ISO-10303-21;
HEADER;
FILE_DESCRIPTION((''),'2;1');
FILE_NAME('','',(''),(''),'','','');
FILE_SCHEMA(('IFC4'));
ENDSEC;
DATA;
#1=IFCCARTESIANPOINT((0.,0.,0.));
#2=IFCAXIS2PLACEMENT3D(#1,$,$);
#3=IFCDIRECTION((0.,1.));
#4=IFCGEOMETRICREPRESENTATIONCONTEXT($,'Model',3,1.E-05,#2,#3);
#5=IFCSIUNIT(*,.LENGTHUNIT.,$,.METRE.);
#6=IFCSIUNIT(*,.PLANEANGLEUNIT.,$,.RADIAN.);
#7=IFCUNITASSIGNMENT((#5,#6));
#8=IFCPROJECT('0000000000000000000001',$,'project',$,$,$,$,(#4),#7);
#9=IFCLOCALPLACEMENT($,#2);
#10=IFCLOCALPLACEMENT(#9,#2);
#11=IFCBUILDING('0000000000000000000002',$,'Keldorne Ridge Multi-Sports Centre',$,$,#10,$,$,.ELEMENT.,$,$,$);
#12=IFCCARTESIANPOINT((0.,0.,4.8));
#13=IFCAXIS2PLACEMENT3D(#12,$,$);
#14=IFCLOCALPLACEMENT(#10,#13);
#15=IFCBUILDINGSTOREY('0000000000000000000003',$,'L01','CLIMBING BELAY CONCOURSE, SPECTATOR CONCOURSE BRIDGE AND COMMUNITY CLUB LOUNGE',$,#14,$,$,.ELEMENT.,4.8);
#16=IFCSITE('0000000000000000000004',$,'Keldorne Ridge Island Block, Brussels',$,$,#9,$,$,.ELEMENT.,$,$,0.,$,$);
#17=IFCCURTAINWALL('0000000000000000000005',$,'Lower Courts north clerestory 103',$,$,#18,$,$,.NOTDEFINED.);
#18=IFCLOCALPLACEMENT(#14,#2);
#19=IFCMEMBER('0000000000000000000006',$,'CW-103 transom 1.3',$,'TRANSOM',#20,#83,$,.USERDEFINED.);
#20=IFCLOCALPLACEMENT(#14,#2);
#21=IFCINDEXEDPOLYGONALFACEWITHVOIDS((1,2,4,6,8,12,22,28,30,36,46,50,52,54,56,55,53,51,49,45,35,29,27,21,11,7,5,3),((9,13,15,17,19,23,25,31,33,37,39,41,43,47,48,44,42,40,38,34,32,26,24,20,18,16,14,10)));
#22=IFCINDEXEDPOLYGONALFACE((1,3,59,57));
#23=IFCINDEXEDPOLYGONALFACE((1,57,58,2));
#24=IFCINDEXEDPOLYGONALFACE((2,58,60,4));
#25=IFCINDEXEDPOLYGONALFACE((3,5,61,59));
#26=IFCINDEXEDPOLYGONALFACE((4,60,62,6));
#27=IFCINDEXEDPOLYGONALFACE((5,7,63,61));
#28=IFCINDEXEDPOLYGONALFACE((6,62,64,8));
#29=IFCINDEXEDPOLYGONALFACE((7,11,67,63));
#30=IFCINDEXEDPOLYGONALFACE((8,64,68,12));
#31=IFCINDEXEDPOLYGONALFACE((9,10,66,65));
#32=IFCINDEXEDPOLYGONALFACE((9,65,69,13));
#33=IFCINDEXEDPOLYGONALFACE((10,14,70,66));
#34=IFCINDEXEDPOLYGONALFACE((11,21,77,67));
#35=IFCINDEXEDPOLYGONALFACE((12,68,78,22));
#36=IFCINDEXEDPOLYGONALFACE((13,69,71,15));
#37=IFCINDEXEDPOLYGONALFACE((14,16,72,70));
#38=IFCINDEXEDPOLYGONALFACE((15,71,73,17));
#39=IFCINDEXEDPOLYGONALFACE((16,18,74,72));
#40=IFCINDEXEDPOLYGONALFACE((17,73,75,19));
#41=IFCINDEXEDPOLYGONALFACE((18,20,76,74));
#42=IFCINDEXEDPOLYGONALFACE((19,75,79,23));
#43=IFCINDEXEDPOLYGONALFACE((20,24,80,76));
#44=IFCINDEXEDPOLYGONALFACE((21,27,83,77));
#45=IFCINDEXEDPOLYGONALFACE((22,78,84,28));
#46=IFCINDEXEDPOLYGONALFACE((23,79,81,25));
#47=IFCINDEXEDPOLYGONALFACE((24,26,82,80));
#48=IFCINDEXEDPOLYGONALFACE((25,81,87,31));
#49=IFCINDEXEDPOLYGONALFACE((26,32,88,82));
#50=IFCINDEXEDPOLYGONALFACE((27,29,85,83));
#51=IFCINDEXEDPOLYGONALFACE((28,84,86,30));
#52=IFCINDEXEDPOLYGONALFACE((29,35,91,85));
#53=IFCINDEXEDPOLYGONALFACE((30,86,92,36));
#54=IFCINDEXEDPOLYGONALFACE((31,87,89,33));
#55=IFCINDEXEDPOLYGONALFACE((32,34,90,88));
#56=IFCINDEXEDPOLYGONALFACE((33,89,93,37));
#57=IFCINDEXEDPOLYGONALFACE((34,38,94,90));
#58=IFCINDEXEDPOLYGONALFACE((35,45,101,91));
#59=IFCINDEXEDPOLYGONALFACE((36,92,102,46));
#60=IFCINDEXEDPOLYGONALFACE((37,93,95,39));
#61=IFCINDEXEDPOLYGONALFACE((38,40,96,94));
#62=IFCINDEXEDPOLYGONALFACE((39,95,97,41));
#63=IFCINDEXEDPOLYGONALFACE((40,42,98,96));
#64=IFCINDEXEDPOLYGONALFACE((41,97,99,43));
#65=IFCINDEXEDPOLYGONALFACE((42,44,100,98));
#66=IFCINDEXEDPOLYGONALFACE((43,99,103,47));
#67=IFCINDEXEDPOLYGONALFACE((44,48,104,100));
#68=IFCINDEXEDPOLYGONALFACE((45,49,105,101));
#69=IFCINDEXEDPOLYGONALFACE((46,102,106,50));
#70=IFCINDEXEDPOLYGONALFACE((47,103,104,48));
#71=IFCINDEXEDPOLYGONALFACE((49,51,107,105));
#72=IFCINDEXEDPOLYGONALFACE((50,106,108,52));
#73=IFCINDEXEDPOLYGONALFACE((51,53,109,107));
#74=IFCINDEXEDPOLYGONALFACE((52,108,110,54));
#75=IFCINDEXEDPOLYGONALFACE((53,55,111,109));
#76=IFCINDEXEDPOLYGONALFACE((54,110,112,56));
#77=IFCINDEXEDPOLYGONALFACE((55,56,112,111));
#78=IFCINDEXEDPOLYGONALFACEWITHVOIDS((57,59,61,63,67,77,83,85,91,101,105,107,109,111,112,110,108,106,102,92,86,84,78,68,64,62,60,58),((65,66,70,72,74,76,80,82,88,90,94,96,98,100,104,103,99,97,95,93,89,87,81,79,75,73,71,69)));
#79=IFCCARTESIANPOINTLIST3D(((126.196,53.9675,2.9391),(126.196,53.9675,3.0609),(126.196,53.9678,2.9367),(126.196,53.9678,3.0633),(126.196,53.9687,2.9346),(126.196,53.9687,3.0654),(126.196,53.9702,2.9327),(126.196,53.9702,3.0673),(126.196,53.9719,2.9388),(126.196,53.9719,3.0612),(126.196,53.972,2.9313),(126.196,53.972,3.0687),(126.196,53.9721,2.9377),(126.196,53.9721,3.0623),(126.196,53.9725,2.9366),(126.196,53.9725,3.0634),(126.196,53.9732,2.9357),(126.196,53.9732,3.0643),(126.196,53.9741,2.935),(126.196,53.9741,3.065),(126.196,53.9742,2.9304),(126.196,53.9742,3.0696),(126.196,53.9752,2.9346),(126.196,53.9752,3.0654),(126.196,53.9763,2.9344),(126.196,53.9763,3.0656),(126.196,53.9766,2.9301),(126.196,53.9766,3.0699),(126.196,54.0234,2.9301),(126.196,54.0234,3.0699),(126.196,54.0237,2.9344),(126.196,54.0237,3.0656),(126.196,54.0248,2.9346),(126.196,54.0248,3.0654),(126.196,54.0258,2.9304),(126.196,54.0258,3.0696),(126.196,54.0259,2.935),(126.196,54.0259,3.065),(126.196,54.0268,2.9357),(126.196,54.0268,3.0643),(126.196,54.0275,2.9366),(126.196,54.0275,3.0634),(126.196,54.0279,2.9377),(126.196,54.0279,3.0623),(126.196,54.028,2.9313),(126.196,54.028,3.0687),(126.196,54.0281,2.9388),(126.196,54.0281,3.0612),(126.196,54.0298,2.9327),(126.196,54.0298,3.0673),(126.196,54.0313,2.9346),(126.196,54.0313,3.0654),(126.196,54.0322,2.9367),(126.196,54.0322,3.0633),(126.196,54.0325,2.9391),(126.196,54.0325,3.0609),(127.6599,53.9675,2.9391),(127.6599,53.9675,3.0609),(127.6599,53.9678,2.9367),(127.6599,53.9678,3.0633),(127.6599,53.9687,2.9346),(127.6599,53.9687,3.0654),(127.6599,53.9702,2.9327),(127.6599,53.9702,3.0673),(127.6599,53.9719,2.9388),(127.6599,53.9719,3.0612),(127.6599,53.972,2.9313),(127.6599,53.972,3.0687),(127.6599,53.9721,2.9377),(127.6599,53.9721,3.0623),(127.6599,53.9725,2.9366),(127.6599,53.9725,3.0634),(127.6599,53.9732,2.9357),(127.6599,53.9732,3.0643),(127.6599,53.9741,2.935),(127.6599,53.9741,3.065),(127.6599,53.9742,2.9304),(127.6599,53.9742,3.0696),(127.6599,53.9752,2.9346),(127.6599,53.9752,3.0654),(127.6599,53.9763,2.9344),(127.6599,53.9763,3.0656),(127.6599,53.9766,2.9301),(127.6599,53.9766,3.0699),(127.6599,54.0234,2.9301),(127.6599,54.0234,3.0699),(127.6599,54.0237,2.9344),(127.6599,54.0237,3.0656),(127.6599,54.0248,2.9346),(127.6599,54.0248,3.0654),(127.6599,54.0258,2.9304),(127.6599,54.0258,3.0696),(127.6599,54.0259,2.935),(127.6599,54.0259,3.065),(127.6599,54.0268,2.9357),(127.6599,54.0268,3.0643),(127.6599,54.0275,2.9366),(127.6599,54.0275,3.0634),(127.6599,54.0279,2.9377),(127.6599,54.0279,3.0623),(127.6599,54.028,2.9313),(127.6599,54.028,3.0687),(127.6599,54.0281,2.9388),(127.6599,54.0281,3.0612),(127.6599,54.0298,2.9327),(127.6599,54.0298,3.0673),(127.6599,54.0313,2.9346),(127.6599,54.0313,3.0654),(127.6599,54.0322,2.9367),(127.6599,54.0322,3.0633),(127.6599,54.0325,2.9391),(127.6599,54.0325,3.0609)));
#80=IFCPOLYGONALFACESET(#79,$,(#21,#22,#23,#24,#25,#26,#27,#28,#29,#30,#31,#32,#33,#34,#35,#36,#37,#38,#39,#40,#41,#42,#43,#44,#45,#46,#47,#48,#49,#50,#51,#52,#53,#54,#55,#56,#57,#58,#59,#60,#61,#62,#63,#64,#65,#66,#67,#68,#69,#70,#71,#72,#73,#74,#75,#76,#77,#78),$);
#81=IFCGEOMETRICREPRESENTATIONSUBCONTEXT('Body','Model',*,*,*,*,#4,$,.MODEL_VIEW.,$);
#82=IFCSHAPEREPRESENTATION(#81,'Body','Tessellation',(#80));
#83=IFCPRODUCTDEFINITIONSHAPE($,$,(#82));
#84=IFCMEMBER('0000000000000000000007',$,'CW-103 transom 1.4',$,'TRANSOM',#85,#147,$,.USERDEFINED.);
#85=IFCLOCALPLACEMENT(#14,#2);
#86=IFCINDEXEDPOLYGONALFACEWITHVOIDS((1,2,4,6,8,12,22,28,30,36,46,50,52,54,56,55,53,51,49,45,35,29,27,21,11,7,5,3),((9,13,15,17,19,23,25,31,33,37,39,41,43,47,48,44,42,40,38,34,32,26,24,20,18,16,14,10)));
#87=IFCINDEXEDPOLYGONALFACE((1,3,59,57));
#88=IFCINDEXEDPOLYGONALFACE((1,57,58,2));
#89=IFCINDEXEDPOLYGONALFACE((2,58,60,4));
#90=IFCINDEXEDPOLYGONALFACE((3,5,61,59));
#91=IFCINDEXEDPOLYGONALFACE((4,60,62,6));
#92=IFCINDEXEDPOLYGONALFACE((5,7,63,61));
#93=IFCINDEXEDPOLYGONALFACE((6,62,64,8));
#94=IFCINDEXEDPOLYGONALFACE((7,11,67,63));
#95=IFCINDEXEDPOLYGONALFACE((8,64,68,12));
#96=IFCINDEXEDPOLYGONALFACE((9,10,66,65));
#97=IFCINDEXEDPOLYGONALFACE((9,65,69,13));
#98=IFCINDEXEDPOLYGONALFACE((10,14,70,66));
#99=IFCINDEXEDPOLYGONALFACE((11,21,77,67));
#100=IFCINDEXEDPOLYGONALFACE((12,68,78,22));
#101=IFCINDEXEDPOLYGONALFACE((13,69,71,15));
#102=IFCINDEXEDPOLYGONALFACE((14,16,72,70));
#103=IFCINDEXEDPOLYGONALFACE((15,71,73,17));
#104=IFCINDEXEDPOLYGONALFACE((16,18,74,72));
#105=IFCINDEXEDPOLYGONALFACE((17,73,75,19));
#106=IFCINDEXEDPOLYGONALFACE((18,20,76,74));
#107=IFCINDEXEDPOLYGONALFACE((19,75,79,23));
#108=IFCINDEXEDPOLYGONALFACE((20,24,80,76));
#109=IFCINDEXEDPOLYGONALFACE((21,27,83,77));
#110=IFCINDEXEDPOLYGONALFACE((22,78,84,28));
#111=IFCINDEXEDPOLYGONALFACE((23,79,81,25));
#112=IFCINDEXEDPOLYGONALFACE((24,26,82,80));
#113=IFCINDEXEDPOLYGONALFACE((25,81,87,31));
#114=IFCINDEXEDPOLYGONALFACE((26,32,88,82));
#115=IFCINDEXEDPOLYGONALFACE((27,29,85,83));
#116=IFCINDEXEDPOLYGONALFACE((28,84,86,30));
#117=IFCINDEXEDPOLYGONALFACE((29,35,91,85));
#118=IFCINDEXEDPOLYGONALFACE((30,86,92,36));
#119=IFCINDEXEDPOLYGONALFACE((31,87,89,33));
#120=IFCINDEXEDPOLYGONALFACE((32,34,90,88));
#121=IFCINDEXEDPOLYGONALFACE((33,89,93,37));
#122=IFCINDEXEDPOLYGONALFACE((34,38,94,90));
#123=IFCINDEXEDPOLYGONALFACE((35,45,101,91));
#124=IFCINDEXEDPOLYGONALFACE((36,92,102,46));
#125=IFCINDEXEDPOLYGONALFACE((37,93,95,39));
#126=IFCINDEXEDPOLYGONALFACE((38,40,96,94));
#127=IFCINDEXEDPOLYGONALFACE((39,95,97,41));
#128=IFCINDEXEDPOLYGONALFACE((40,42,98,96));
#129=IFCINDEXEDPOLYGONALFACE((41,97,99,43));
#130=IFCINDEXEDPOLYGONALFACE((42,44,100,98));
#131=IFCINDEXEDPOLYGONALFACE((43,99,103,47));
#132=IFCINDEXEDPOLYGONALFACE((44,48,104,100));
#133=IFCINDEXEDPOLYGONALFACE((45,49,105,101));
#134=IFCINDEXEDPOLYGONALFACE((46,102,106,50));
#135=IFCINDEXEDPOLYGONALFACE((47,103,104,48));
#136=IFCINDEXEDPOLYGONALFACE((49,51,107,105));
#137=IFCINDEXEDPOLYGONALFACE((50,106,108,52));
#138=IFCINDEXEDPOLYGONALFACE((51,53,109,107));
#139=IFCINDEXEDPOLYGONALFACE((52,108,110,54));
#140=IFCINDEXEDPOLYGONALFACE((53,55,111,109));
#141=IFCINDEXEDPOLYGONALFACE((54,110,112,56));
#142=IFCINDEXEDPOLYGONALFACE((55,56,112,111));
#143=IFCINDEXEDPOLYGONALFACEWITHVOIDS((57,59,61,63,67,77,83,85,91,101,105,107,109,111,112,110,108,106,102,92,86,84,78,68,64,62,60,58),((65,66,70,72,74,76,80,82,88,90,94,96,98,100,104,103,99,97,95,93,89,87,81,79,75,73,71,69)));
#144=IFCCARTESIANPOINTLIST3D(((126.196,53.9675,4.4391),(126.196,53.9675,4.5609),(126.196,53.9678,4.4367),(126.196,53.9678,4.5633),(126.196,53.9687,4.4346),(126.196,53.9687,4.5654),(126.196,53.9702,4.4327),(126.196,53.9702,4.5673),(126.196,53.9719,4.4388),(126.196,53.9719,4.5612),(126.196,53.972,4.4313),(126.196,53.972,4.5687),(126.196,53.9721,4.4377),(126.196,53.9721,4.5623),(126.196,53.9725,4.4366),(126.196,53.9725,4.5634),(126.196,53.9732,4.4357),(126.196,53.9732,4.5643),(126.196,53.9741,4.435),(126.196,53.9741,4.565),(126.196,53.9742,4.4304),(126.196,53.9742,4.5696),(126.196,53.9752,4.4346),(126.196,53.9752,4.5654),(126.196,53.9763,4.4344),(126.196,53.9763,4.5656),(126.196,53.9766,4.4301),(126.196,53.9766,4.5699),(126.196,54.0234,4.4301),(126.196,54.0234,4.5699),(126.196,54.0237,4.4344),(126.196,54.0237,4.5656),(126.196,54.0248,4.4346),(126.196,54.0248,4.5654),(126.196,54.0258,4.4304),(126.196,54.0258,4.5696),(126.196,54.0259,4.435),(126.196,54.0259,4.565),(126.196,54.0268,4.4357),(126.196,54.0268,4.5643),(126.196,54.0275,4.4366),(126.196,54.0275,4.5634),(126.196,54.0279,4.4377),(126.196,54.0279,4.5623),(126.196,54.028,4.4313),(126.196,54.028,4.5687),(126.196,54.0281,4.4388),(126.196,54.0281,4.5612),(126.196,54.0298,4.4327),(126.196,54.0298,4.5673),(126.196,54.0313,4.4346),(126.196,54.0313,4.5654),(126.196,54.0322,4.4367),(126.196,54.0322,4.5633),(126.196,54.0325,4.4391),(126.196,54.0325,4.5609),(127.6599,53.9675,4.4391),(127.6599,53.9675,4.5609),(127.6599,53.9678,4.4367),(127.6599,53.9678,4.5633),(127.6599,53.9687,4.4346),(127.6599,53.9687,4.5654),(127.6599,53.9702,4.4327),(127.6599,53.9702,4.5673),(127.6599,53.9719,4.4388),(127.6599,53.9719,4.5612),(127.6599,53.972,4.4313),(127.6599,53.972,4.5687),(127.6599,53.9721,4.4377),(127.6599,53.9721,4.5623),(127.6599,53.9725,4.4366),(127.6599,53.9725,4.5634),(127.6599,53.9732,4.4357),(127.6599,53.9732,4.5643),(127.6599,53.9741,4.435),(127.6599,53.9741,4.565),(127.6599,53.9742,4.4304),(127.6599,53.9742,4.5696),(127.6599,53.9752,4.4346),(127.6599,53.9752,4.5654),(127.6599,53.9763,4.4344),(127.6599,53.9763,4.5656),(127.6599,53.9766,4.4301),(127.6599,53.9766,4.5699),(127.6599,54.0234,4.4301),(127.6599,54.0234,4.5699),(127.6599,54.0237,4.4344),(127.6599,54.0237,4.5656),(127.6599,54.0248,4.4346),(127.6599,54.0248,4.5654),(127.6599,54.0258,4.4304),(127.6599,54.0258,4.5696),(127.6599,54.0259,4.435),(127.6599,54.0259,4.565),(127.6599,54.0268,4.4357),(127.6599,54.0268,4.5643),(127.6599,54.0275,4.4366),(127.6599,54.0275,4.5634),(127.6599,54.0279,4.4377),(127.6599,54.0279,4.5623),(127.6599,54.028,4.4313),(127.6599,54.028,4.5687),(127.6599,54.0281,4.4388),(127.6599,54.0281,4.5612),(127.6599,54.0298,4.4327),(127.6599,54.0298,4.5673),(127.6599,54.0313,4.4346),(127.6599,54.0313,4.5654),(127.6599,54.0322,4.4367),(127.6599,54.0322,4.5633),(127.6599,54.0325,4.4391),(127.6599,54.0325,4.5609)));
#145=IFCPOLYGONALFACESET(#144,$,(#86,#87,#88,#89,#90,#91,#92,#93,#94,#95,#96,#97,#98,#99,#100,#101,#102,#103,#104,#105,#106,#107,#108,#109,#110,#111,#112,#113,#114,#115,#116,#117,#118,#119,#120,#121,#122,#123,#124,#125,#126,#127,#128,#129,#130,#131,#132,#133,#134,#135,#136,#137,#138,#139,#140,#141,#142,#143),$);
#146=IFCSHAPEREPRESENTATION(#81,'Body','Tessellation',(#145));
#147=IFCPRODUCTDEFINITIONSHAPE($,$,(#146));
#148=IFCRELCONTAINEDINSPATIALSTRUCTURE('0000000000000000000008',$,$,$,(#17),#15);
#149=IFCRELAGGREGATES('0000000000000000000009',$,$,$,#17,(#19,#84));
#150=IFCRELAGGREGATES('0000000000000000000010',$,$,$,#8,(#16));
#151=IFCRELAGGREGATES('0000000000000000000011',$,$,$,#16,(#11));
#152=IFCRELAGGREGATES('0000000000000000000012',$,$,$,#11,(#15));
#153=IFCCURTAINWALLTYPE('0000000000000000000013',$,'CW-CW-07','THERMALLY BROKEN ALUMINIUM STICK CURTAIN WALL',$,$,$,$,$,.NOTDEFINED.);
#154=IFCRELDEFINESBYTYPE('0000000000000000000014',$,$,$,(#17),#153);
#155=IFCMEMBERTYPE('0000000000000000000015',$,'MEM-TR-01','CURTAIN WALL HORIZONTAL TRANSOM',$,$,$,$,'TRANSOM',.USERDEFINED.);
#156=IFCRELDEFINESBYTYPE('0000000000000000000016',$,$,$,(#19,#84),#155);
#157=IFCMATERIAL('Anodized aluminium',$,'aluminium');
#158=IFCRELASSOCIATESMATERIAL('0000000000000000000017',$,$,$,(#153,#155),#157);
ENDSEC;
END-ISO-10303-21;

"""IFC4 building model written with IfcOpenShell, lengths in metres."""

from ifc_helpers import new_model, si_unit, direction, frame, origin, origin_2d, place, context, subcontext, project, spatial, hollow_rectangle, extrude, material, material_profile, profile_set, type_object, element, aggregate, save


model = new_model("IFC4")

# Units and contexts
model_context = context("Model", 3, precision=1e-05, world=origin(), true_north=direction((0.0, 1.0)))
body_context = subcontext(model_context, "Body", "Model", "MODEL_VIEW")
ifc_project = project(units=[si_unit("LENGTHUNIT", "METRE"), si_unit("PLANEANGLEUNIT", "RADIAN")], contexts=[model_context])

# Site, building, storey
site_placement = place(None, origin())
site = spatial("IfcSite", under=ifc_project, at=site_placement, Name="Keldorne Ridge Island Block, Brussels", CompositionType="ELEMENT", RefElevation=0.0)
building_placement = place(site_placement, origin())
building = spatial("IfcBuilding", under=site, at=building_placement, Name="Keldorne Ridge Multi-Sports Centre", CompositionType="ELEMENT")
storey_placement = place(building_placement, frame((0.0, 0.0, 4.8)))
storey = spatial("IfcBuildingStorey", under=building, at=storey_placement, Name="L01", Description="CLIMBING BELAY CONCOURSE, SPECTATOR CONCOURSE BRIDGE AND COMMUNITY CLUB LOUNGE", CompositionType="ELEMENT", Elevation=4.8)

# Curtain wall
ifc_material_1 = material(Name="Anodized aluminium", Category="aluminium")
curtain_wall_type_1 = type_object("IfcCurtainWallType", Name="CW-CW-07", Description="THERMALLY BROKEN ALUMINIUM STICK CURTAIN WALL", PredefinedType="NOTDEFINED", material=ifc_material_1)
curtain_wall_1_placement = place(storey_placement, origin())
curtain_wall_1 = element("IfcCurtainWall", 1, at=curtain_wall_1_placement, inside=storey, type_object=curtain_wall_type_1, Name="Lower Courts north clerestory 103", PredefinedType="NOTDEFINED")

# Members
ifc_material_profile_1 = material_profile(ifc_material_1, hollow_rectangle(XDim=0.0649, YDim=0.1399, WallThickness=0.0044, InnerFilletRadius=0.0044, OuterFilletRadius=0.009, at=origin_2d()), Name="ALU TRANSOM 140x65x4.5")
ifc_profile_set_1 = profile_set([ifc_material_profile_1], Name="Anodized aluminium")
member_type_1 = type_object("IfcMemberType", Name="MEM-TR-01", Description="CURTAIN WALL HORIZONTAL TRANSOM", ElementType="TRANSOM", PredefinedType="USERDEFINED", material=ifc_profile_set_1)
member_1_placement = place(storey_placement, frame((127.6599, 54.0, 3.0), z_axis=(-1.0, 0.0, 0.0), x_axis=(0.0, -1.0, 0.0)))
member_1 = element("IfcMember", 2, at=member_1_placement, type_object=member_type_1, Name="CW-103 transom 1.3", ObjectType="TRANSOM", PredefinedType="USERDEFINED", context=body_context, shape_type="SweptSolid", body=[
    extrude(hollow_rectangle(XDim=0.0649, YDim=0.1399, WallThickness=0.0044, InnerFilletRadius=0.0044, OuterFilletRadius=0.009, at=origin_2d()), origin(), (0.0, 0.0, 1.0), 1.4639),
])
member_2_placement = place(storey_placement, frame((127.6599, 54.0, 4.5), z_axis=(-1.0, 0.0, 0.0), x_axis=(0.0, -1.0, 0.0)))
member_2 = element("IfcMember", 3, at=member_2_placement, type_object=member_type_1, Name="CW-103 transom 1.4", ObjectType="TRANSOM", PredefinedType="USERDEFINED", context=body_context, shape_type="SweptSolid", body=[
    extrude(hollow_rectangle(XDim=0.0649, YDim=0.1399, WallThickness=0.0044, InnerFilletRadius=0.0044, OuterFilletRadius=0.009, at=origin_2d()), origin(), (0.0, 0.0, 1.0), 1.4639),
])

aggregate(curtain_wall_1, [member_1, member_2])

save(model, "model.ifc")
